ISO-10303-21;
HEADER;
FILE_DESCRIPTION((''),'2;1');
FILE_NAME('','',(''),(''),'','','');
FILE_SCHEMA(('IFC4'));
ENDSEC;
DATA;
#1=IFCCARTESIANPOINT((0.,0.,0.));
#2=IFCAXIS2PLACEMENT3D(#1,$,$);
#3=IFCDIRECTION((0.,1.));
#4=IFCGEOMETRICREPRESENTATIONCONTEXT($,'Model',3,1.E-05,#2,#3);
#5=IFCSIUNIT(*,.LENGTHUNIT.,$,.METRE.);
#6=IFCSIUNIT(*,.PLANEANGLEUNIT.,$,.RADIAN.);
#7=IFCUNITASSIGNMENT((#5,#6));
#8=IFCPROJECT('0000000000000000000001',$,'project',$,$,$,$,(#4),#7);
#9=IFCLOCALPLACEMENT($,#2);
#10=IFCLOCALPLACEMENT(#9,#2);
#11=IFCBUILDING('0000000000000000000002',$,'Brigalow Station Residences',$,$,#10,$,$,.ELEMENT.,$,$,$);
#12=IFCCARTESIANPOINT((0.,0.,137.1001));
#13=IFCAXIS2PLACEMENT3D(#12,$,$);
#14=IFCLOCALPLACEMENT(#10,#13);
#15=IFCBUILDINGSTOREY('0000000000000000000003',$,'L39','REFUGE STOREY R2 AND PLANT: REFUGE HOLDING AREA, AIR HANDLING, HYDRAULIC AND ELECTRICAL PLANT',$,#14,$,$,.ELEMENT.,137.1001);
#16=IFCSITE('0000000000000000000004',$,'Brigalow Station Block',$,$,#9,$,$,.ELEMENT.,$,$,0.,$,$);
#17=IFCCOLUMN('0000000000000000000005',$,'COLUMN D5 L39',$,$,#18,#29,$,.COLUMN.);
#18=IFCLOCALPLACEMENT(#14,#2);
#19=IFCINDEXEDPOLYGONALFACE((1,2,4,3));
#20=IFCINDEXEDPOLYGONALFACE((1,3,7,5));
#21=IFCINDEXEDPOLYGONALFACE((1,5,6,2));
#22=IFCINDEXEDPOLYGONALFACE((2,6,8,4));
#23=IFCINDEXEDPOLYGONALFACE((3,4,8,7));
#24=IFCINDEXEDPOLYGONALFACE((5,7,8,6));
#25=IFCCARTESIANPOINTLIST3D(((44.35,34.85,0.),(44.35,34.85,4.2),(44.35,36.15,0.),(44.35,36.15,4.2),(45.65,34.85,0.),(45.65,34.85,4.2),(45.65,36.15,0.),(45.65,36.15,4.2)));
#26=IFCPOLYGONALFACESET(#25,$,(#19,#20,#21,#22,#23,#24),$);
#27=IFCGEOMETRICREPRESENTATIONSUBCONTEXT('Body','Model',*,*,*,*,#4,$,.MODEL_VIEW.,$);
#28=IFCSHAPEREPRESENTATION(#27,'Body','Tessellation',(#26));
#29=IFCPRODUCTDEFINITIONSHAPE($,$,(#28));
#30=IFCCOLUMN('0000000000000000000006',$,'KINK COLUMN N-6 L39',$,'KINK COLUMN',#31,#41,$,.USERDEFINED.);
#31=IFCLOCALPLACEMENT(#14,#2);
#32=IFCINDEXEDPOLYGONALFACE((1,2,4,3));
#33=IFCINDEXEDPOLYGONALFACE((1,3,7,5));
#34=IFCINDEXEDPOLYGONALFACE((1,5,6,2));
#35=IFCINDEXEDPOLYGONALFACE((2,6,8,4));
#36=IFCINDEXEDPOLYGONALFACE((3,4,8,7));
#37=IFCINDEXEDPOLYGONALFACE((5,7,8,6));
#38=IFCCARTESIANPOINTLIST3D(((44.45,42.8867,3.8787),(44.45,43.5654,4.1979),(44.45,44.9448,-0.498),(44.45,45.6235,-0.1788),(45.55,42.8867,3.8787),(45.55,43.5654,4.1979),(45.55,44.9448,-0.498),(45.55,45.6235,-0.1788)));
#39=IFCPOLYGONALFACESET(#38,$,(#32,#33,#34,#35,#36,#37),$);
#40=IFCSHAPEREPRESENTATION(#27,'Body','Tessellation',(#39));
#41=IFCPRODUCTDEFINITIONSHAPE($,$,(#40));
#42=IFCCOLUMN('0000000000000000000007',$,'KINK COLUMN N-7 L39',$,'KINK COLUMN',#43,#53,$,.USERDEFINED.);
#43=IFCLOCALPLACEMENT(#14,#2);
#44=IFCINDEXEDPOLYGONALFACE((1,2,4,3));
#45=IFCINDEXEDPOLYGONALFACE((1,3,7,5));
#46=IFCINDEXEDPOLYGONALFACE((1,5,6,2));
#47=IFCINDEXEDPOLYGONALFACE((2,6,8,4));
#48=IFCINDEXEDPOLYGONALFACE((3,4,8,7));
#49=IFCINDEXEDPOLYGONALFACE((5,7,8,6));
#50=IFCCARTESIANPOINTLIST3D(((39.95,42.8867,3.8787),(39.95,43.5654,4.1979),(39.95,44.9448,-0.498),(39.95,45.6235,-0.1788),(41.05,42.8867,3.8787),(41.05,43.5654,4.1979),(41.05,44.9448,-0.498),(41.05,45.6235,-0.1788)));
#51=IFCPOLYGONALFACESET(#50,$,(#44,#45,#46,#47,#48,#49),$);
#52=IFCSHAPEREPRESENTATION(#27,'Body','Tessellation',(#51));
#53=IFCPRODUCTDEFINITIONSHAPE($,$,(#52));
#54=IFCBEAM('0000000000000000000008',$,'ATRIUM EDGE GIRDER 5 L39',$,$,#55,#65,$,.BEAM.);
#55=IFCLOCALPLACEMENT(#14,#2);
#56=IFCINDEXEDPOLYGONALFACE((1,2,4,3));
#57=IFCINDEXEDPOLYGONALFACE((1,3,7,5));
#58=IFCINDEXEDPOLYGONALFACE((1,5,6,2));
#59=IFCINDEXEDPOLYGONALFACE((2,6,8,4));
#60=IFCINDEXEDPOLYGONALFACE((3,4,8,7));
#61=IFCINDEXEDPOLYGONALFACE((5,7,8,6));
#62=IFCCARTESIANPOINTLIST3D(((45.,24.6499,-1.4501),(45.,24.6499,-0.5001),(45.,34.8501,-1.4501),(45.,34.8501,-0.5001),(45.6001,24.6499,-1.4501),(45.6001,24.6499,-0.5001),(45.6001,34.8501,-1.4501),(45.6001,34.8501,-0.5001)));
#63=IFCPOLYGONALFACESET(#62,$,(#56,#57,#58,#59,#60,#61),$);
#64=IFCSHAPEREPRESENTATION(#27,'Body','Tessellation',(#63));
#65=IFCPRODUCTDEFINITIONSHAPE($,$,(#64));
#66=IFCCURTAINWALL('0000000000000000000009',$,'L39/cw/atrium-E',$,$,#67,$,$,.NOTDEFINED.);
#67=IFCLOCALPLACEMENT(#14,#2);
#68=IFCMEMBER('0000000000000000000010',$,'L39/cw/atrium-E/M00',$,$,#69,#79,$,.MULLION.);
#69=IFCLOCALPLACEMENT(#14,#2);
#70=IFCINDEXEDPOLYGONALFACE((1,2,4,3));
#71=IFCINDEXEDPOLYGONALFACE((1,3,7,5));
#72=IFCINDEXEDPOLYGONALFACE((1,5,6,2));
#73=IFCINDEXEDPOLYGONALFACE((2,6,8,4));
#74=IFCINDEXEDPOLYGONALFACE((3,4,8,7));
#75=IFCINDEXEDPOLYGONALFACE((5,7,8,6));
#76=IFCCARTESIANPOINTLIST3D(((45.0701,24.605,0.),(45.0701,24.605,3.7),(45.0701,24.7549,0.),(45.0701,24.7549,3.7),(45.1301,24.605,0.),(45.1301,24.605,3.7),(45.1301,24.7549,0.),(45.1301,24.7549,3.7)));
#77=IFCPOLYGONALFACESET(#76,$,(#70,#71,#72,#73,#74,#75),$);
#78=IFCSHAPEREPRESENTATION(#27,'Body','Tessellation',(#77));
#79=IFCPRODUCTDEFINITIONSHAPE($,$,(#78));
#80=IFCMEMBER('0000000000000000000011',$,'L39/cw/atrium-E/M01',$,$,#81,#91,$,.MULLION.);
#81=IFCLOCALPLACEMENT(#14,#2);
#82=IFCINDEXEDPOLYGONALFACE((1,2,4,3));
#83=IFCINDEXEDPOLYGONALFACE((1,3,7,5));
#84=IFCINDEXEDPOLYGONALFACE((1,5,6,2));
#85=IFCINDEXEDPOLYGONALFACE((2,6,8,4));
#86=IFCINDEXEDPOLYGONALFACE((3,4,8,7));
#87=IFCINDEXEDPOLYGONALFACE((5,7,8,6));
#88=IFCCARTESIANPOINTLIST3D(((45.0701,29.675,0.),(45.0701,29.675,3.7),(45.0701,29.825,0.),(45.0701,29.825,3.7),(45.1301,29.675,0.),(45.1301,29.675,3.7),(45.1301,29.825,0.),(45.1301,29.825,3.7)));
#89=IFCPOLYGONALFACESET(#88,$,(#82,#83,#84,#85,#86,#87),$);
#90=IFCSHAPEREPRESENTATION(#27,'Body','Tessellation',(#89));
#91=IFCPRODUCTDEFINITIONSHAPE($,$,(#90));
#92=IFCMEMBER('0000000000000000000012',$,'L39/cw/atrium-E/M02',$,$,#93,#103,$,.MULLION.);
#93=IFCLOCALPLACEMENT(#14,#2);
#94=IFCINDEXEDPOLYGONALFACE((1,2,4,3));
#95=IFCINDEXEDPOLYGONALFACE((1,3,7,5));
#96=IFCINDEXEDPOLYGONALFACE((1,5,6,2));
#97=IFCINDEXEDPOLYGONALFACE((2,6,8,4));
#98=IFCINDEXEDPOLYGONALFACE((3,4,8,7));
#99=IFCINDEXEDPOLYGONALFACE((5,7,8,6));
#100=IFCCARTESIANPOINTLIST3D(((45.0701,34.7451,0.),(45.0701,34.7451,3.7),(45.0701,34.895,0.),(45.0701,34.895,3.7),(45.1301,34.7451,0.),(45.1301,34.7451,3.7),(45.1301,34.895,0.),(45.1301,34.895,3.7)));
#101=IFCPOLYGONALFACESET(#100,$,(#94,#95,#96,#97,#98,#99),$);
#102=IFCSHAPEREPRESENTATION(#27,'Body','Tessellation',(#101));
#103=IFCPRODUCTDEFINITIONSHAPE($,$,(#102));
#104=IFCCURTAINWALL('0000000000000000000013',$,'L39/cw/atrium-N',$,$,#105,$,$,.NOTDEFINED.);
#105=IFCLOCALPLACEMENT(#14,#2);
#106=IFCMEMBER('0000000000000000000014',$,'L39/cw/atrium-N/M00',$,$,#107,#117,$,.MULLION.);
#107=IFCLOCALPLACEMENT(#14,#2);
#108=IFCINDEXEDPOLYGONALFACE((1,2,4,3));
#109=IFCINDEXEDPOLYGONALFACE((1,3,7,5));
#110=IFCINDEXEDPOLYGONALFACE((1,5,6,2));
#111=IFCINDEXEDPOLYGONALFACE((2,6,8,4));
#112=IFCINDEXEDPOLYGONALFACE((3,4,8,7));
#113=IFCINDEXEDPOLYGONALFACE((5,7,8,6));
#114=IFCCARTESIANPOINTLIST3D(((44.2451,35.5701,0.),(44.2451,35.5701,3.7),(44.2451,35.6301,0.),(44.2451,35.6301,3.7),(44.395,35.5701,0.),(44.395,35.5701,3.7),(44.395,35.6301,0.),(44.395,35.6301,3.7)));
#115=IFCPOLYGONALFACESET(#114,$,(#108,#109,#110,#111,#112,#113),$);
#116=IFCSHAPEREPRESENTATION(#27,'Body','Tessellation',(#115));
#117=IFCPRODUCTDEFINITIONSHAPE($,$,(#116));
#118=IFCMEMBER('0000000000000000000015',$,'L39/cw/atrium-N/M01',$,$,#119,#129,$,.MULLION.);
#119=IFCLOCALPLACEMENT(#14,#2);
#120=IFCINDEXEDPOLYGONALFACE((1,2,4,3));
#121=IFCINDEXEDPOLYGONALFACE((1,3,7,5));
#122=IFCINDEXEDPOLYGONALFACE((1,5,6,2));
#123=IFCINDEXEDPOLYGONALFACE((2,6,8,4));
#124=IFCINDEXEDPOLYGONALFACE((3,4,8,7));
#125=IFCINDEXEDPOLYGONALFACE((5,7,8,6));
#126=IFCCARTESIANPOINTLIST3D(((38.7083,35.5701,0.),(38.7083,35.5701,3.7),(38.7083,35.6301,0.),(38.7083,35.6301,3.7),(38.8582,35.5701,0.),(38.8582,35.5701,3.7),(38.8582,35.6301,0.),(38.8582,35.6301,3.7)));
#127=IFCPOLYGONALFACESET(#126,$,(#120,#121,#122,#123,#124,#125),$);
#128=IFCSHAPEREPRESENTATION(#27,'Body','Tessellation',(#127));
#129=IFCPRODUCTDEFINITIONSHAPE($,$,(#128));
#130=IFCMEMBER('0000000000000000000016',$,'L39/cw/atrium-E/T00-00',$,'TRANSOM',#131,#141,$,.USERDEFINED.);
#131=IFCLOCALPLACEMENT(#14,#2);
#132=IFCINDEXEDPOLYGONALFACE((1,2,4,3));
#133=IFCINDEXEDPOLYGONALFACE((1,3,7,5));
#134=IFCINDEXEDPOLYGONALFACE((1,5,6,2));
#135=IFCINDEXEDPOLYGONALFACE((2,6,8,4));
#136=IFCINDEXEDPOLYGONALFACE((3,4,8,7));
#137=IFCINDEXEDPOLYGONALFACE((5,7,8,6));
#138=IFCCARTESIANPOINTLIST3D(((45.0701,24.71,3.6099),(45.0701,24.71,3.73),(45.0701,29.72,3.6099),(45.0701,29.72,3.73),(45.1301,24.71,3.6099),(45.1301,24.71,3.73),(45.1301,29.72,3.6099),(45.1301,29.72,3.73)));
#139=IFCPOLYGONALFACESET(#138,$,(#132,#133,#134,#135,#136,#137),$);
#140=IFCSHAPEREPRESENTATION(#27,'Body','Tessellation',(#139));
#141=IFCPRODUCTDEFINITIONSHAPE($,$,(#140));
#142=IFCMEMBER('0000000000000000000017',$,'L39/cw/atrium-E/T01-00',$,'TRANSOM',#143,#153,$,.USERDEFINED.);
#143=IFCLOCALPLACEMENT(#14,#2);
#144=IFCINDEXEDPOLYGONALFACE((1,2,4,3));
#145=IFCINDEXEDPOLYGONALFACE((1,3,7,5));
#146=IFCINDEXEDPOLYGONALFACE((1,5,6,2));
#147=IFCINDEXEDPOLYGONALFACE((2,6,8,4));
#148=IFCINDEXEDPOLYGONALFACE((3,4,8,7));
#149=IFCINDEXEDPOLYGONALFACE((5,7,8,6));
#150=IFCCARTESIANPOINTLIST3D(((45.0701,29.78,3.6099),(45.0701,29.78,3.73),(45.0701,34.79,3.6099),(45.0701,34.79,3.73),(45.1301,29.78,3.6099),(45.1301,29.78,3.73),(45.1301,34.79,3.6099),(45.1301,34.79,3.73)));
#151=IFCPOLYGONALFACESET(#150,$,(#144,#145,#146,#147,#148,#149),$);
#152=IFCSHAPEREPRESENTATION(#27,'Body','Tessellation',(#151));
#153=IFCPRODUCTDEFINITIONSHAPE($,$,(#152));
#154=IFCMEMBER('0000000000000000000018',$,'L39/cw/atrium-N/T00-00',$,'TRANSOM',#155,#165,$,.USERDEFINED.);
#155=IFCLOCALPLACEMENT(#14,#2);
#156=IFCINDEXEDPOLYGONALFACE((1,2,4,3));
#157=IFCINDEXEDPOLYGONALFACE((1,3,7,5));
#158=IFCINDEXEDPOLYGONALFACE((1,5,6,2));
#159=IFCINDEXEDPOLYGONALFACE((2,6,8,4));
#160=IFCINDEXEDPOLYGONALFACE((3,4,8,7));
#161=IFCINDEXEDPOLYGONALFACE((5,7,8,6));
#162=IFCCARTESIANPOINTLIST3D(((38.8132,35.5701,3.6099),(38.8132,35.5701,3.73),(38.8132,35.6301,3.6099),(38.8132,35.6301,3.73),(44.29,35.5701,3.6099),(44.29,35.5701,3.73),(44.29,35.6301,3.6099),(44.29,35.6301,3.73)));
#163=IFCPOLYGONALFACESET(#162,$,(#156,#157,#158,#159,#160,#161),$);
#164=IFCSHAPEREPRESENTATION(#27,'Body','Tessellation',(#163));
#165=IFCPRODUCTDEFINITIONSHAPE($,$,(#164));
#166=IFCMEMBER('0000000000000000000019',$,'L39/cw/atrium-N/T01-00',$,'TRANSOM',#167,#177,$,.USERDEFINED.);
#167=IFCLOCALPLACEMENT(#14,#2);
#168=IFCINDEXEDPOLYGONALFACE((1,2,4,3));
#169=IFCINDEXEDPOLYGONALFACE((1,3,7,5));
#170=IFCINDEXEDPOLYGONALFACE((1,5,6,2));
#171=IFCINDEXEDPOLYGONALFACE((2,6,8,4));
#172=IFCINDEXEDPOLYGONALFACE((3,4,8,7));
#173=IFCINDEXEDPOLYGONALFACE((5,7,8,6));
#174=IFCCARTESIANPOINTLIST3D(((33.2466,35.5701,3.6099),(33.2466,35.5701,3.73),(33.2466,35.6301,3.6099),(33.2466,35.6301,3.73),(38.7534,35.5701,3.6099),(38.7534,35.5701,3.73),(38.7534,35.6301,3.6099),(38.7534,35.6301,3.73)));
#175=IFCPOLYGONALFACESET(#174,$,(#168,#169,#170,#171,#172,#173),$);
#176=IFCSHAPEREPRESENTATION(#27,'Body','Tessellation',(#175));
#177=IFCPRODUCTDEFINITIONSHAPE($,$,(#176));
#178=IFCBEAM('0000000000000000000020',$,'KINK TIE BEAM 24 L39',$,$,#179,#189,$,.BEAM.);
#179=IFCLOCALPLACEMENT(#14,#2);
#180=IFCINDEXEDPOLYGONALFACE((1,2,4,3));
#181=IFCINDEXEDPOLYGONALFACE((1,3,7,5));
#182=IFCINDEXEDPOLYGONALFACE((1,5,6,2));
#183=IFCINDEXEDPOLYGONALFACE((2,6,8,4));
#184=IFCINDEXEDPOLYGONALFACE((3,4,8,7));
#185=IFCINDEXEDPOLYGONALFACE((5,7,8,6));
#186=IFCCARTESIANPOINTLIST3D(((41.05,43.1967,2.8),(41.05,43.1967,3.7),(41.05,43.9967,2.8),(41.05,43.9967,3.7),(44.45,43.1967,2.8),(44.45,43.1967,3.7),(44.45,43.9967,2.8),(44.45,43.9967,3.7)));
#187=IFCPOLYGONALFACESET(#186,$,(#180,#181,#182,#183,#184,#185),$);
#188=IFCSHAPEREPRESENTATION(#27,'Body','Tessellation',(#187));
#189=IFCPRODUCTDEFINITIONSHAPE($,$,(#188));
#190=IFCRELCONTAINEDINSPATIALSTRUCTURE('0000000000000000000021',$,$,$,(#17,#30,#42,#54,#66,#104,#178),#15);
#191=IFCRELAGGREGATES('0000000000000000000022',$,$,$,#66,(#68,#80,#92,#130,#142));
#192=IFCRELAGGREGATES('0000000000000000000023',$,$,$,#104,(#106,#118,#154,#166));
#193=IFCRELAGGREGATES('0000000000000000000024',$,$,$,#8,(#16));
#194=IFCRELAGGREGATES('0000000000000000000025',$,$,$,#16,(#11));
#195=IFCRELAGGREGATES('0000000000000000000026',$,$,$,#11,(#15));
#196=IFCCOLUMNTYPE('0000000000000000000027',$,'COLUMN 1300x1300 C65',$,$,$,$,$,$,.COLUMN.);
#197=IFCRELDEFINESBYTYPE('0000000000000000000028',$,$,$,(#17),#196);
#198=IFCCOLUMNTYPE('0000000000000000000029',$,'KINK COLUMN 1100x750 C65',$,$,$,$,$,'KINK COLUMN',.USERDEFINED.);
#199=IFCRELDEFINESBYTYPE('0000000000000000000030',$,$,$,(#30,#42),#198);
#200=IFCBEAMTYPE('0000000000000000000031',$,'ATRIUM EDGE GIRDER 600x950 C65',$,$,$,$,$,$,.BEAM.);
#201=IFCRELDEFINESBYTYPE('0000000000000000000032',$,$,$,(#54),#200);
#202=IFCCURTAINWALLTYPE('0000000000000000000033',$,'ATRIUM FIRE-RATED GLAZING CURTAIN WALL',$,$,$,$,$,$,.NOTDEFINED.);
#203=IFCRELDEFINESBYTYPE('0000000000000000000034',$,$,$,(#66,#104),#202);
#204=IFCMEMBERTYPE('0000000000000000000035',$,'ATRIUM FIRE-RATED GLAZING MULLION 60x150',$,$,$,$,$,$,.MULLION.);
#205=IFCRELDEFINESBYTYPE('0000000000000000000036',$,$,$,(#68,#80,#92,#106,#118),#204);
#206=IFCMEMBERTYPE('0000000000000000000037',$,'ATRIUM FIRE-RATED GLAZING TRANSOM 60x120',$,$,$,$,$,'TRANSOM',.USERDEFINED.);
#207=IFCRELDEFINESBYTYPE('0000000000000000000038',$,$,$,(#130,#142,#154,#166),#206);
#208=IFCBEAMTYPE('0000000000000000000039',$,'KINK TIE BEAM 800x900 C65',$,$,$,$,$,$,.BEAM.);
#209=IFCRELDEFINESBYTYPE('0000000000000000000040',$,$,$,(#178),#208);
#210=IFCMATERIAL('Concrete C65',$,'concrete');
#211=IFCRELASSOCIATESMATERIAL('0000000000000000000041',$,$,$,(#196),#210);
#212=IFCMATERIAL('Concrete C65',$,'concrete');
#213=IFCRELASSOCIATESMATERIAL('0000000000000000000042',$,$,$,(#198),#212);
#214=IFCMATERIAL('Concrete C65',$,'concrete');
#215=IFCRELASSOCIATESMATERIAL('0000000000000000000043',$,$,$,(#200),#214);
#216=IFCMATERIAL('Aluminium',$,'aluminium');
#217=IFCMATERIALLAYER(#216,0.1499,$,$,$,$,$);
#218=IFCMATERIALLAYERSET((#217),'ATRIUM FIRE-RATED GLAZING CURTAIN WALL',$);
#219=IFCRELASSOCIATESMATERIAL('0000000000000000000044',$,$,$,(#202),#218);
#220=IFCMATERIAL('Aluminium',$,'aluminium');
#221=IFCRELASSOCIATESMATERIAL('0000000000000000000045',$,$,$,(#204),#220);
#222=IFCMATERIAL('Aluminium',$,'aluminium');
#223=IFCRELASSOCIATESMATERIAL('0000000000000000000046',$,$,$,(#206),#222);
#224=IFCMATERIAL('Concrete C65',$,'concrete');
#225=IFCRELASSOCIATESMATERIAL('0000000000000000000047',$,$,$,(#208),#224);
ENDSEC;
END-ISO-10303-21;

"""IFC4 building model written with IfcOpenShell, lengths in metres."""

from ifc_helpers import new_model, si_unit, direction, frame, origin, origin_2d, place, context, subcontext, project, spatial, rectangle, extrude, material, layer, layer_set, material_profile, profile_set, type_object, element, aggregate, save


model = new_model("IFC4")

# Units and contexts
model_context = context("Model", 3, precision=1e-05, world=origin(), true_north=direction((0.0, 1.0)))
body_context = subcontext(model_context, "Body", "Model", "MODEL_VIEW")
ifc_project = project(units=[si_unit("LENGTHUNIT", "METRE"), si_unit("PLANEANGLEUNIT", "RADIAN")], contexts=[model_context])

# Site, building, storey
site_placement = place(None, origin())
site = spatial("IfcSite", under=ifc_project, at=site_placement, Name="Brigalow Station Block", CompositionType="ELEMENT", RefElevation=0.0)
building_placement = place(site_placement, origin())
building = spatial("IfcBuilding", under=site, at=building_placement, Name="Brigalow Station Residences", CompositionType="ELEMENT")
storey_placement = place(building_placement, frame((0.0, 0.0, 137.1001)))
storey = spatial("IfcBuildingStorey", under=building, at=storey_placement, Name="L39", Description="REFUGE STOREY R2 AND PLANT: REFUGE HOLDING AREA, AIR HANDLING, HYDRAULIC AND ELECTRICAL PLANT", CompositionType="ELEMENT", Elevation=137.1001)

# Columns
ifc_material_1 = material(Name="Concrete C65", Category="concrete")
ifc_material_profile_1 = material_profile(ifc_material_1, rectangle(XDim=1.3, YDim=1.3, at=origin_2d()), Name="RC1300x1300")
ifc_profile_set_1 = profile_set([ifc_material_profile_1], Name="Concrete C65")
column_type_1 = type_object("IfcColumnType", Name="COLUMN 1300x1300 C65", PredefinedType="COLUMN", material=ifc_profile_set_1)
column_placement = place(storey_placement, frame((45.0, 35.5, 0.0), z_axis=(0.0, 0.0, 1.0), x_axis=(1.0, 0.0, 0.0)))
element("IfcColumn", 1, at=column_placement, inside=storey, type_object=column_type_1, Name="COLUMN D5 L39", PredefinedType="COLUMN", context=body_context, shape_type="SweptSolid", body=[
    extrude(rectangle(XDim=1.3, YDim=1.3, at=origin_2d()), origin(), (0.0, 0.0, 1.0), 4.2),
])
ifc_material_2 = material(Name="Concrete C65", Category="concrete")
ifc_material_profile_2 = material_profile(ifc_material_2, rectangle(XDim=1.1001, YDim=0.75, at=origin_2d()), Name="RC1100x750")
ifc_profile_set_2 = profile_set([ifc_material_profile_2], Name="Concrete C65")
column_type_2 = type_object("IfcColumnType", Name="KINK COLUMN 1100x750 C65", ElementType="KINK COLUMN", PredefinedType="USERDEFINED", material=ifc_profile_set_2)
for number, where, z_axis, x_axis, name in (
    (2, (45.0, 45.2842, -0.3384), (0.0, -0.425539, 0.90494), (1.0, 0.0, 0.0), "KINK COLUMN N-6 L39"),
    (3, (40.5, 45.2842, -0.3384), (0.0, -0.425539, 0.90494), (1.0, 0.0, 0.0), "KINK COLUMN N-7 L39"),
):
    element("IfcColumn", number, at=place(storey_placement, frame(where, z_axis=z_axis, x_axis=x_axis)), inside=storey, type_object=column_type_2, Name=name, ObjectType="KINK COLUMN", PredefinedType="USERDEFINED", context=body_context, shape_type="SweptSolid", body=[
        extrude(rectangle(XDim=1.1001, YDim=0.75, at=origin_2d()), origin(), (0.0, 0.0, 1.0), 4.8364),
    ])

# Beam
ifc_material_3 = material(Name="Concrete C65", Category="concrete")
ifc_material_profile_3 = material_profile(ifc_material_3, rectangle(XDim=0.6001, YDim=0.95, at=origin_2d()), Name="RC600x950")
ifc_profile_set_3 = profile_set([ifc_material_profile_3], Name="Concrete C65")
beam_type_1 = type_object("IfcBeamType", Name="ATRIUM EDGE GIRDER 600x950 C65", PredefinedType="BEAM", material=ifc_profile_set_3)
beam_placement = place(storey_placement, frame((45.3, 24.6499, -0.9751), z_axis=(0.0, 1.0, 0.0), x_axis=(-1.0, 0.0, 0.0)))
element("IfcBeam", 4, at=beam_placement, inside=storey, type_object=beam_type_1, Name="ATRIUM EDGE GIRDER 5 L39", PredefinedType="BEAM", context=body_context, shape_type="SweptSolid", body=[
    extrude(rectangle(XDim=0.6001, YDim=0.95, at=origin_2d()), origin(), (0.0, 0.0, 1.0), 10.2002),
])

# Curtain walls, members
ifc_material_4 = material(Name="Aluminium", Category="aluminium")
ifc_layer_1 = layer(ifc_material_4, 0.1499)
ifc_layer_set_1 = layer_set([ifc_layer_1], Name="ATRIUM FIRE-RATED GLAZING CURTAIN WALL")
curtain_wall_type_1 = type_object("IfcCurtainWallType", Name="ATRIUM FIRE-RATED GLAZING CURTAIN WALL", PredefinedType="NOTDEFINED", material=ifc_layer_set_1)
curtain_wall_1_placement = place(storey_placement, origin())
curtain_wall_1 = element("IfcCurtainWall", 5, at=curtain_wall_1_placement, inside=storey, type_object=curtain_wall_type_1, Name="L39/cw/atrium-E", PredefinedType="NOTDEFINED")
ifc_material_5 = material(Name="Aluminium", Category="aluminium")
ifc_material_profile_4 = material_profile(ifc_material_5, rectangle(XDim=0.0601, YDim=0.1499, at=origin_2d()), Name="ATRIUM FIRE-RATED GLAZING MULLION 60x150")
ifc_profile_set_4 = profile_set([ifc_material_profile_4], Name="Aluminium")
member_type_1 = type_object("IfcMemberType", Name="ATRIUM FIRE-RATED GLAZING MULLION 60x150", PredefinedType="MULLION", material=ifc_profile_set_4)
member_1_placement = place(storey_placement, frame((45.1001, 24.6799, 0.0), z_axis=(0.0, 0.0, 1.0), x_axis=(-1.0, 0.0, 0.0)))
member_1 = element("IfcMember", 6, at=member_1_placement, type_object=member_type_1, Name="L39/cw/atrium-E/M00", PredefinedType="MULLION", context=body_context, shape_type="SweptSolid", body=[
    extrude(rectangle(XDim=0.0601, YDim=0.1499, at=origin_2d()), origin(), (0.0, 0.0, 1.0), 3.7),
])
member_2_placement = place(storey_placement, frame((45.1001, 29.75, 0.0), z_axis=(0.0, 0.0, 1.0), x_axis=(-1.0, 0.0, 0.0)))
member_2 = element("IfcMember", 7, at=member_2_placement, type_object=member_type_1, Name="L39/cw/atrium-E/M01", PredefinedType="MULLION", context=body_context, shape_type="SweptSolid", body=[
    extrude(rectangle(XDim=0.0601, YDim=0.1499, at=origin_2d()), origin(), (0.0, 0.0, 1.0), 3.7),
])
member_3_placement = place(storey_placement, frame((45.1001, 34.8201, 0.0), z_axis=(0.0, 0.0, 1.0), x_axis=(-1.0, 0.0, 0.0)))
member_3 = element("IfcMember", 8, at=member_3_placement, type_object=member_type_1, Name="L39/cw/atrium-E/M02", PredefinedType="MULLION", context=body_context, shape_type="SweptSolid", body=[
    extrude(rectangle(XDim=0.0601, YDim=0.1499, at=origin_2d()), origin(), (0.0, 0.0, 1.0), 3.7),
])
curtain_wall_2_placement = place(storey_placement, origin())
curtain_wall_2 = element("IfcCurtainWall", 9, at=curtain_wall_2_placement, inside=storey, type_object=curtain_wall_type_1, Name="L39/cw/atrium-N", PredefinedType="NOTDEFINED")
member_4_placement = place(storey_placement, frame((44.3201, 35.6001, 0.0), z_axis=(0.0, 0.0, 1.0), x_axis=(0.0, -1.0, 0.0)))
member_4 = element("IfcMember", 10, at=member_4_placement, type_object=member_type_1, Name="L39/cw/atrium-N/M00", PredefinedType="MULLION", context=body_context, shape_type="SweptSolid", body=[
    extrude(rectangle(XDim=0.0601, YDim=0.1499, at=origin_2d()), origin(), (0.0, 0.0, 1.0), 3.7),
])
member_5_placement = place(storey_placement, frame((38.7832, 35.6001, 0.0), z_axis=(0.0, 0.0, 1.0), x_axis=(0.0, -1.0, 0.0)))
member_5 = element("IfcMember", 11, at=member_5_placement, type_object=member_type_1, Name="L39/cw/atrium-N/M01", PredefinedType="MULLION", context=body_context, shape_type="SweptSolid", body=[
    extrude(rectangle(XDim=0.0601, YDim=0.1499, at=origin_2d()), origin(), (0.0, 0.0, 1.0), 3.7),
])

# Members
ifc_material_6 = material(Name="Aluminium", Category="aluminium")
ifc_material_profile_5 = material_profile(ifc_material_6, rectangle(XDim=0.0601, YDim=0.1201, at=origin_2d()), Name="ATRIUM FIRE-RATED GLAZING TRANSOM 60x120")
ifc_profile_set_5 = profile_set([ifc_material_profile_5], Name="Aluminium")
member_type_2 = type_object("IfcMemberType", Name="ATRIUM FIRE-RATED GLAZING TRANSOM 60x120", ElementType="TRANSOM", PredefinedType="USERDEFINED", material=ifc_profile_set_5)
member_6_placement = place(storey_placement, frame((45.1001, 24.71, 3.6699), z_axis=(0.0, 1.0, 0.0), x_axis=(-1.0, 0.0, 0.0)))
member_6 = element("IfcMember", 12, at=member_6_placement, type_object=member_type_2, Name="L39/cw/atrium-E/T00-00", ObjectType="TRANSOM", PredefinedType="USERDEFINED", context=body_context, shape_type="SweptSolid", body=[
    extrude(rectangle(XDim=0.0601, YDim=0.1201, at=origin_2d()), origin(), (0.0, 0.0, 1.0), 5.01),
])
member_7_placement = place(storey_placement, frame((45.1001, 29.78, 3.6699), z_axis=(0.0, 1.0, 0.0), x_axis=(-1.0, 0.0, 0.0)))
member_7 = element("IfcMember", 13, at=member_7_placement, type_object=member_type_2, Name="L39/cw/atrium-E/T01-00", ObjectType="TRANSOM", PredefinedType="USERDEFINED", context=body_context, shape_type="SweptSolid", body=[
    extrude(rectangle(XDim=0.0601, YDim=0.1201, at=origin_2d()), origin(), (0.0, 0.0, 1.0), 5.01),
])
member_8_placement = place(storey_placement, frame((44.29, 35.6001, 3.6699), z_axis=(-1.0, 0.0, 0.0), x_axis=(0.0, -1.0, 0.0)))
member_8 = element("IfcMember", 14, at=member_8_placement, type_object=member_type_2, Name="L39/cw/atrium-N/T00-00", ObjectType="TRANSOM", PredefinedType="USERDEFINED", context=body_context, shape_type="SweptSolid", body=[
    extrude(rectangle(XDim=0.0601, YDim=0.1201, at=origin_2d()), origin(), (0.0, 0.0, 1.0), 5.4768),
])
member_9_placement = place(storey_placement, frame((38.7534, 35.6001, 3.6699), z_axis=(-1.0, 0.0, 0.0), x_axis=(0.0, -1.0, 0.0)))
member_9 = element("IfcMember", 15, at=member_9_placement, type_object=member_type_2, Name="L39/cw/atrium-N/T01-00", ObjectType="TRANSOM", PredefinedType="USERDEFINED", context=body_context, shape_type="SweptSolid", body=[
    extrude(rectangle(XDim=0.0601, YDim=0.1201, at=origin_2d()), origin(), (0.0, 0.0, 1.0), 5.5068),
])

# Beam
ifc_material_7 = material(Name="Concrete C65", Category="concrete")
ifc_material_profile_6 = material_profile(ifc_material_7, rectangle(XDim=0.8, YDim=0.8999, at=origin_2d()), Name="RC800x900")
ifc_profile_set_6 = profile_set([ifc_material_profile_6], Name="Concrete C65")
beam_type_2 = type_object("IfcBeamType", Name="KINK TIE BEAM 800x900 C65", PredefinedType="BEAM", material=ifc_profile_set_6)
for number, where, z_axis, x_axis, name in (
    (16, (44.45, 43.5967, 3.25), (-1.0, 0.0, 0.0), (0.0, -1.0, 0.0), "KINK TIE BEAM 24 L39"),
):
    element("IfcBeam", number, at=place(storey_placement, frame(where, z_axis=z_axis, x_axis=x_axis)), inside=storey, type_object=beam_type_2, Name=name, PredefinedType="BEAM", context=body_context, shape_type="SweptSolid", body=[
        extrude(rectangle(XDim=0.8, YDim=0.8999, at=origin_2d()), origin(), (0.0, 0.0, 1.0), 3.3999),
    ])

aggregate(curtain_wall_1, [member_1, member_2, member_3, member_6, member_7])
aggregate(curtain_wall_2, [member_4, member_5, member_8, member_9])

save(model, "model.ifc")
